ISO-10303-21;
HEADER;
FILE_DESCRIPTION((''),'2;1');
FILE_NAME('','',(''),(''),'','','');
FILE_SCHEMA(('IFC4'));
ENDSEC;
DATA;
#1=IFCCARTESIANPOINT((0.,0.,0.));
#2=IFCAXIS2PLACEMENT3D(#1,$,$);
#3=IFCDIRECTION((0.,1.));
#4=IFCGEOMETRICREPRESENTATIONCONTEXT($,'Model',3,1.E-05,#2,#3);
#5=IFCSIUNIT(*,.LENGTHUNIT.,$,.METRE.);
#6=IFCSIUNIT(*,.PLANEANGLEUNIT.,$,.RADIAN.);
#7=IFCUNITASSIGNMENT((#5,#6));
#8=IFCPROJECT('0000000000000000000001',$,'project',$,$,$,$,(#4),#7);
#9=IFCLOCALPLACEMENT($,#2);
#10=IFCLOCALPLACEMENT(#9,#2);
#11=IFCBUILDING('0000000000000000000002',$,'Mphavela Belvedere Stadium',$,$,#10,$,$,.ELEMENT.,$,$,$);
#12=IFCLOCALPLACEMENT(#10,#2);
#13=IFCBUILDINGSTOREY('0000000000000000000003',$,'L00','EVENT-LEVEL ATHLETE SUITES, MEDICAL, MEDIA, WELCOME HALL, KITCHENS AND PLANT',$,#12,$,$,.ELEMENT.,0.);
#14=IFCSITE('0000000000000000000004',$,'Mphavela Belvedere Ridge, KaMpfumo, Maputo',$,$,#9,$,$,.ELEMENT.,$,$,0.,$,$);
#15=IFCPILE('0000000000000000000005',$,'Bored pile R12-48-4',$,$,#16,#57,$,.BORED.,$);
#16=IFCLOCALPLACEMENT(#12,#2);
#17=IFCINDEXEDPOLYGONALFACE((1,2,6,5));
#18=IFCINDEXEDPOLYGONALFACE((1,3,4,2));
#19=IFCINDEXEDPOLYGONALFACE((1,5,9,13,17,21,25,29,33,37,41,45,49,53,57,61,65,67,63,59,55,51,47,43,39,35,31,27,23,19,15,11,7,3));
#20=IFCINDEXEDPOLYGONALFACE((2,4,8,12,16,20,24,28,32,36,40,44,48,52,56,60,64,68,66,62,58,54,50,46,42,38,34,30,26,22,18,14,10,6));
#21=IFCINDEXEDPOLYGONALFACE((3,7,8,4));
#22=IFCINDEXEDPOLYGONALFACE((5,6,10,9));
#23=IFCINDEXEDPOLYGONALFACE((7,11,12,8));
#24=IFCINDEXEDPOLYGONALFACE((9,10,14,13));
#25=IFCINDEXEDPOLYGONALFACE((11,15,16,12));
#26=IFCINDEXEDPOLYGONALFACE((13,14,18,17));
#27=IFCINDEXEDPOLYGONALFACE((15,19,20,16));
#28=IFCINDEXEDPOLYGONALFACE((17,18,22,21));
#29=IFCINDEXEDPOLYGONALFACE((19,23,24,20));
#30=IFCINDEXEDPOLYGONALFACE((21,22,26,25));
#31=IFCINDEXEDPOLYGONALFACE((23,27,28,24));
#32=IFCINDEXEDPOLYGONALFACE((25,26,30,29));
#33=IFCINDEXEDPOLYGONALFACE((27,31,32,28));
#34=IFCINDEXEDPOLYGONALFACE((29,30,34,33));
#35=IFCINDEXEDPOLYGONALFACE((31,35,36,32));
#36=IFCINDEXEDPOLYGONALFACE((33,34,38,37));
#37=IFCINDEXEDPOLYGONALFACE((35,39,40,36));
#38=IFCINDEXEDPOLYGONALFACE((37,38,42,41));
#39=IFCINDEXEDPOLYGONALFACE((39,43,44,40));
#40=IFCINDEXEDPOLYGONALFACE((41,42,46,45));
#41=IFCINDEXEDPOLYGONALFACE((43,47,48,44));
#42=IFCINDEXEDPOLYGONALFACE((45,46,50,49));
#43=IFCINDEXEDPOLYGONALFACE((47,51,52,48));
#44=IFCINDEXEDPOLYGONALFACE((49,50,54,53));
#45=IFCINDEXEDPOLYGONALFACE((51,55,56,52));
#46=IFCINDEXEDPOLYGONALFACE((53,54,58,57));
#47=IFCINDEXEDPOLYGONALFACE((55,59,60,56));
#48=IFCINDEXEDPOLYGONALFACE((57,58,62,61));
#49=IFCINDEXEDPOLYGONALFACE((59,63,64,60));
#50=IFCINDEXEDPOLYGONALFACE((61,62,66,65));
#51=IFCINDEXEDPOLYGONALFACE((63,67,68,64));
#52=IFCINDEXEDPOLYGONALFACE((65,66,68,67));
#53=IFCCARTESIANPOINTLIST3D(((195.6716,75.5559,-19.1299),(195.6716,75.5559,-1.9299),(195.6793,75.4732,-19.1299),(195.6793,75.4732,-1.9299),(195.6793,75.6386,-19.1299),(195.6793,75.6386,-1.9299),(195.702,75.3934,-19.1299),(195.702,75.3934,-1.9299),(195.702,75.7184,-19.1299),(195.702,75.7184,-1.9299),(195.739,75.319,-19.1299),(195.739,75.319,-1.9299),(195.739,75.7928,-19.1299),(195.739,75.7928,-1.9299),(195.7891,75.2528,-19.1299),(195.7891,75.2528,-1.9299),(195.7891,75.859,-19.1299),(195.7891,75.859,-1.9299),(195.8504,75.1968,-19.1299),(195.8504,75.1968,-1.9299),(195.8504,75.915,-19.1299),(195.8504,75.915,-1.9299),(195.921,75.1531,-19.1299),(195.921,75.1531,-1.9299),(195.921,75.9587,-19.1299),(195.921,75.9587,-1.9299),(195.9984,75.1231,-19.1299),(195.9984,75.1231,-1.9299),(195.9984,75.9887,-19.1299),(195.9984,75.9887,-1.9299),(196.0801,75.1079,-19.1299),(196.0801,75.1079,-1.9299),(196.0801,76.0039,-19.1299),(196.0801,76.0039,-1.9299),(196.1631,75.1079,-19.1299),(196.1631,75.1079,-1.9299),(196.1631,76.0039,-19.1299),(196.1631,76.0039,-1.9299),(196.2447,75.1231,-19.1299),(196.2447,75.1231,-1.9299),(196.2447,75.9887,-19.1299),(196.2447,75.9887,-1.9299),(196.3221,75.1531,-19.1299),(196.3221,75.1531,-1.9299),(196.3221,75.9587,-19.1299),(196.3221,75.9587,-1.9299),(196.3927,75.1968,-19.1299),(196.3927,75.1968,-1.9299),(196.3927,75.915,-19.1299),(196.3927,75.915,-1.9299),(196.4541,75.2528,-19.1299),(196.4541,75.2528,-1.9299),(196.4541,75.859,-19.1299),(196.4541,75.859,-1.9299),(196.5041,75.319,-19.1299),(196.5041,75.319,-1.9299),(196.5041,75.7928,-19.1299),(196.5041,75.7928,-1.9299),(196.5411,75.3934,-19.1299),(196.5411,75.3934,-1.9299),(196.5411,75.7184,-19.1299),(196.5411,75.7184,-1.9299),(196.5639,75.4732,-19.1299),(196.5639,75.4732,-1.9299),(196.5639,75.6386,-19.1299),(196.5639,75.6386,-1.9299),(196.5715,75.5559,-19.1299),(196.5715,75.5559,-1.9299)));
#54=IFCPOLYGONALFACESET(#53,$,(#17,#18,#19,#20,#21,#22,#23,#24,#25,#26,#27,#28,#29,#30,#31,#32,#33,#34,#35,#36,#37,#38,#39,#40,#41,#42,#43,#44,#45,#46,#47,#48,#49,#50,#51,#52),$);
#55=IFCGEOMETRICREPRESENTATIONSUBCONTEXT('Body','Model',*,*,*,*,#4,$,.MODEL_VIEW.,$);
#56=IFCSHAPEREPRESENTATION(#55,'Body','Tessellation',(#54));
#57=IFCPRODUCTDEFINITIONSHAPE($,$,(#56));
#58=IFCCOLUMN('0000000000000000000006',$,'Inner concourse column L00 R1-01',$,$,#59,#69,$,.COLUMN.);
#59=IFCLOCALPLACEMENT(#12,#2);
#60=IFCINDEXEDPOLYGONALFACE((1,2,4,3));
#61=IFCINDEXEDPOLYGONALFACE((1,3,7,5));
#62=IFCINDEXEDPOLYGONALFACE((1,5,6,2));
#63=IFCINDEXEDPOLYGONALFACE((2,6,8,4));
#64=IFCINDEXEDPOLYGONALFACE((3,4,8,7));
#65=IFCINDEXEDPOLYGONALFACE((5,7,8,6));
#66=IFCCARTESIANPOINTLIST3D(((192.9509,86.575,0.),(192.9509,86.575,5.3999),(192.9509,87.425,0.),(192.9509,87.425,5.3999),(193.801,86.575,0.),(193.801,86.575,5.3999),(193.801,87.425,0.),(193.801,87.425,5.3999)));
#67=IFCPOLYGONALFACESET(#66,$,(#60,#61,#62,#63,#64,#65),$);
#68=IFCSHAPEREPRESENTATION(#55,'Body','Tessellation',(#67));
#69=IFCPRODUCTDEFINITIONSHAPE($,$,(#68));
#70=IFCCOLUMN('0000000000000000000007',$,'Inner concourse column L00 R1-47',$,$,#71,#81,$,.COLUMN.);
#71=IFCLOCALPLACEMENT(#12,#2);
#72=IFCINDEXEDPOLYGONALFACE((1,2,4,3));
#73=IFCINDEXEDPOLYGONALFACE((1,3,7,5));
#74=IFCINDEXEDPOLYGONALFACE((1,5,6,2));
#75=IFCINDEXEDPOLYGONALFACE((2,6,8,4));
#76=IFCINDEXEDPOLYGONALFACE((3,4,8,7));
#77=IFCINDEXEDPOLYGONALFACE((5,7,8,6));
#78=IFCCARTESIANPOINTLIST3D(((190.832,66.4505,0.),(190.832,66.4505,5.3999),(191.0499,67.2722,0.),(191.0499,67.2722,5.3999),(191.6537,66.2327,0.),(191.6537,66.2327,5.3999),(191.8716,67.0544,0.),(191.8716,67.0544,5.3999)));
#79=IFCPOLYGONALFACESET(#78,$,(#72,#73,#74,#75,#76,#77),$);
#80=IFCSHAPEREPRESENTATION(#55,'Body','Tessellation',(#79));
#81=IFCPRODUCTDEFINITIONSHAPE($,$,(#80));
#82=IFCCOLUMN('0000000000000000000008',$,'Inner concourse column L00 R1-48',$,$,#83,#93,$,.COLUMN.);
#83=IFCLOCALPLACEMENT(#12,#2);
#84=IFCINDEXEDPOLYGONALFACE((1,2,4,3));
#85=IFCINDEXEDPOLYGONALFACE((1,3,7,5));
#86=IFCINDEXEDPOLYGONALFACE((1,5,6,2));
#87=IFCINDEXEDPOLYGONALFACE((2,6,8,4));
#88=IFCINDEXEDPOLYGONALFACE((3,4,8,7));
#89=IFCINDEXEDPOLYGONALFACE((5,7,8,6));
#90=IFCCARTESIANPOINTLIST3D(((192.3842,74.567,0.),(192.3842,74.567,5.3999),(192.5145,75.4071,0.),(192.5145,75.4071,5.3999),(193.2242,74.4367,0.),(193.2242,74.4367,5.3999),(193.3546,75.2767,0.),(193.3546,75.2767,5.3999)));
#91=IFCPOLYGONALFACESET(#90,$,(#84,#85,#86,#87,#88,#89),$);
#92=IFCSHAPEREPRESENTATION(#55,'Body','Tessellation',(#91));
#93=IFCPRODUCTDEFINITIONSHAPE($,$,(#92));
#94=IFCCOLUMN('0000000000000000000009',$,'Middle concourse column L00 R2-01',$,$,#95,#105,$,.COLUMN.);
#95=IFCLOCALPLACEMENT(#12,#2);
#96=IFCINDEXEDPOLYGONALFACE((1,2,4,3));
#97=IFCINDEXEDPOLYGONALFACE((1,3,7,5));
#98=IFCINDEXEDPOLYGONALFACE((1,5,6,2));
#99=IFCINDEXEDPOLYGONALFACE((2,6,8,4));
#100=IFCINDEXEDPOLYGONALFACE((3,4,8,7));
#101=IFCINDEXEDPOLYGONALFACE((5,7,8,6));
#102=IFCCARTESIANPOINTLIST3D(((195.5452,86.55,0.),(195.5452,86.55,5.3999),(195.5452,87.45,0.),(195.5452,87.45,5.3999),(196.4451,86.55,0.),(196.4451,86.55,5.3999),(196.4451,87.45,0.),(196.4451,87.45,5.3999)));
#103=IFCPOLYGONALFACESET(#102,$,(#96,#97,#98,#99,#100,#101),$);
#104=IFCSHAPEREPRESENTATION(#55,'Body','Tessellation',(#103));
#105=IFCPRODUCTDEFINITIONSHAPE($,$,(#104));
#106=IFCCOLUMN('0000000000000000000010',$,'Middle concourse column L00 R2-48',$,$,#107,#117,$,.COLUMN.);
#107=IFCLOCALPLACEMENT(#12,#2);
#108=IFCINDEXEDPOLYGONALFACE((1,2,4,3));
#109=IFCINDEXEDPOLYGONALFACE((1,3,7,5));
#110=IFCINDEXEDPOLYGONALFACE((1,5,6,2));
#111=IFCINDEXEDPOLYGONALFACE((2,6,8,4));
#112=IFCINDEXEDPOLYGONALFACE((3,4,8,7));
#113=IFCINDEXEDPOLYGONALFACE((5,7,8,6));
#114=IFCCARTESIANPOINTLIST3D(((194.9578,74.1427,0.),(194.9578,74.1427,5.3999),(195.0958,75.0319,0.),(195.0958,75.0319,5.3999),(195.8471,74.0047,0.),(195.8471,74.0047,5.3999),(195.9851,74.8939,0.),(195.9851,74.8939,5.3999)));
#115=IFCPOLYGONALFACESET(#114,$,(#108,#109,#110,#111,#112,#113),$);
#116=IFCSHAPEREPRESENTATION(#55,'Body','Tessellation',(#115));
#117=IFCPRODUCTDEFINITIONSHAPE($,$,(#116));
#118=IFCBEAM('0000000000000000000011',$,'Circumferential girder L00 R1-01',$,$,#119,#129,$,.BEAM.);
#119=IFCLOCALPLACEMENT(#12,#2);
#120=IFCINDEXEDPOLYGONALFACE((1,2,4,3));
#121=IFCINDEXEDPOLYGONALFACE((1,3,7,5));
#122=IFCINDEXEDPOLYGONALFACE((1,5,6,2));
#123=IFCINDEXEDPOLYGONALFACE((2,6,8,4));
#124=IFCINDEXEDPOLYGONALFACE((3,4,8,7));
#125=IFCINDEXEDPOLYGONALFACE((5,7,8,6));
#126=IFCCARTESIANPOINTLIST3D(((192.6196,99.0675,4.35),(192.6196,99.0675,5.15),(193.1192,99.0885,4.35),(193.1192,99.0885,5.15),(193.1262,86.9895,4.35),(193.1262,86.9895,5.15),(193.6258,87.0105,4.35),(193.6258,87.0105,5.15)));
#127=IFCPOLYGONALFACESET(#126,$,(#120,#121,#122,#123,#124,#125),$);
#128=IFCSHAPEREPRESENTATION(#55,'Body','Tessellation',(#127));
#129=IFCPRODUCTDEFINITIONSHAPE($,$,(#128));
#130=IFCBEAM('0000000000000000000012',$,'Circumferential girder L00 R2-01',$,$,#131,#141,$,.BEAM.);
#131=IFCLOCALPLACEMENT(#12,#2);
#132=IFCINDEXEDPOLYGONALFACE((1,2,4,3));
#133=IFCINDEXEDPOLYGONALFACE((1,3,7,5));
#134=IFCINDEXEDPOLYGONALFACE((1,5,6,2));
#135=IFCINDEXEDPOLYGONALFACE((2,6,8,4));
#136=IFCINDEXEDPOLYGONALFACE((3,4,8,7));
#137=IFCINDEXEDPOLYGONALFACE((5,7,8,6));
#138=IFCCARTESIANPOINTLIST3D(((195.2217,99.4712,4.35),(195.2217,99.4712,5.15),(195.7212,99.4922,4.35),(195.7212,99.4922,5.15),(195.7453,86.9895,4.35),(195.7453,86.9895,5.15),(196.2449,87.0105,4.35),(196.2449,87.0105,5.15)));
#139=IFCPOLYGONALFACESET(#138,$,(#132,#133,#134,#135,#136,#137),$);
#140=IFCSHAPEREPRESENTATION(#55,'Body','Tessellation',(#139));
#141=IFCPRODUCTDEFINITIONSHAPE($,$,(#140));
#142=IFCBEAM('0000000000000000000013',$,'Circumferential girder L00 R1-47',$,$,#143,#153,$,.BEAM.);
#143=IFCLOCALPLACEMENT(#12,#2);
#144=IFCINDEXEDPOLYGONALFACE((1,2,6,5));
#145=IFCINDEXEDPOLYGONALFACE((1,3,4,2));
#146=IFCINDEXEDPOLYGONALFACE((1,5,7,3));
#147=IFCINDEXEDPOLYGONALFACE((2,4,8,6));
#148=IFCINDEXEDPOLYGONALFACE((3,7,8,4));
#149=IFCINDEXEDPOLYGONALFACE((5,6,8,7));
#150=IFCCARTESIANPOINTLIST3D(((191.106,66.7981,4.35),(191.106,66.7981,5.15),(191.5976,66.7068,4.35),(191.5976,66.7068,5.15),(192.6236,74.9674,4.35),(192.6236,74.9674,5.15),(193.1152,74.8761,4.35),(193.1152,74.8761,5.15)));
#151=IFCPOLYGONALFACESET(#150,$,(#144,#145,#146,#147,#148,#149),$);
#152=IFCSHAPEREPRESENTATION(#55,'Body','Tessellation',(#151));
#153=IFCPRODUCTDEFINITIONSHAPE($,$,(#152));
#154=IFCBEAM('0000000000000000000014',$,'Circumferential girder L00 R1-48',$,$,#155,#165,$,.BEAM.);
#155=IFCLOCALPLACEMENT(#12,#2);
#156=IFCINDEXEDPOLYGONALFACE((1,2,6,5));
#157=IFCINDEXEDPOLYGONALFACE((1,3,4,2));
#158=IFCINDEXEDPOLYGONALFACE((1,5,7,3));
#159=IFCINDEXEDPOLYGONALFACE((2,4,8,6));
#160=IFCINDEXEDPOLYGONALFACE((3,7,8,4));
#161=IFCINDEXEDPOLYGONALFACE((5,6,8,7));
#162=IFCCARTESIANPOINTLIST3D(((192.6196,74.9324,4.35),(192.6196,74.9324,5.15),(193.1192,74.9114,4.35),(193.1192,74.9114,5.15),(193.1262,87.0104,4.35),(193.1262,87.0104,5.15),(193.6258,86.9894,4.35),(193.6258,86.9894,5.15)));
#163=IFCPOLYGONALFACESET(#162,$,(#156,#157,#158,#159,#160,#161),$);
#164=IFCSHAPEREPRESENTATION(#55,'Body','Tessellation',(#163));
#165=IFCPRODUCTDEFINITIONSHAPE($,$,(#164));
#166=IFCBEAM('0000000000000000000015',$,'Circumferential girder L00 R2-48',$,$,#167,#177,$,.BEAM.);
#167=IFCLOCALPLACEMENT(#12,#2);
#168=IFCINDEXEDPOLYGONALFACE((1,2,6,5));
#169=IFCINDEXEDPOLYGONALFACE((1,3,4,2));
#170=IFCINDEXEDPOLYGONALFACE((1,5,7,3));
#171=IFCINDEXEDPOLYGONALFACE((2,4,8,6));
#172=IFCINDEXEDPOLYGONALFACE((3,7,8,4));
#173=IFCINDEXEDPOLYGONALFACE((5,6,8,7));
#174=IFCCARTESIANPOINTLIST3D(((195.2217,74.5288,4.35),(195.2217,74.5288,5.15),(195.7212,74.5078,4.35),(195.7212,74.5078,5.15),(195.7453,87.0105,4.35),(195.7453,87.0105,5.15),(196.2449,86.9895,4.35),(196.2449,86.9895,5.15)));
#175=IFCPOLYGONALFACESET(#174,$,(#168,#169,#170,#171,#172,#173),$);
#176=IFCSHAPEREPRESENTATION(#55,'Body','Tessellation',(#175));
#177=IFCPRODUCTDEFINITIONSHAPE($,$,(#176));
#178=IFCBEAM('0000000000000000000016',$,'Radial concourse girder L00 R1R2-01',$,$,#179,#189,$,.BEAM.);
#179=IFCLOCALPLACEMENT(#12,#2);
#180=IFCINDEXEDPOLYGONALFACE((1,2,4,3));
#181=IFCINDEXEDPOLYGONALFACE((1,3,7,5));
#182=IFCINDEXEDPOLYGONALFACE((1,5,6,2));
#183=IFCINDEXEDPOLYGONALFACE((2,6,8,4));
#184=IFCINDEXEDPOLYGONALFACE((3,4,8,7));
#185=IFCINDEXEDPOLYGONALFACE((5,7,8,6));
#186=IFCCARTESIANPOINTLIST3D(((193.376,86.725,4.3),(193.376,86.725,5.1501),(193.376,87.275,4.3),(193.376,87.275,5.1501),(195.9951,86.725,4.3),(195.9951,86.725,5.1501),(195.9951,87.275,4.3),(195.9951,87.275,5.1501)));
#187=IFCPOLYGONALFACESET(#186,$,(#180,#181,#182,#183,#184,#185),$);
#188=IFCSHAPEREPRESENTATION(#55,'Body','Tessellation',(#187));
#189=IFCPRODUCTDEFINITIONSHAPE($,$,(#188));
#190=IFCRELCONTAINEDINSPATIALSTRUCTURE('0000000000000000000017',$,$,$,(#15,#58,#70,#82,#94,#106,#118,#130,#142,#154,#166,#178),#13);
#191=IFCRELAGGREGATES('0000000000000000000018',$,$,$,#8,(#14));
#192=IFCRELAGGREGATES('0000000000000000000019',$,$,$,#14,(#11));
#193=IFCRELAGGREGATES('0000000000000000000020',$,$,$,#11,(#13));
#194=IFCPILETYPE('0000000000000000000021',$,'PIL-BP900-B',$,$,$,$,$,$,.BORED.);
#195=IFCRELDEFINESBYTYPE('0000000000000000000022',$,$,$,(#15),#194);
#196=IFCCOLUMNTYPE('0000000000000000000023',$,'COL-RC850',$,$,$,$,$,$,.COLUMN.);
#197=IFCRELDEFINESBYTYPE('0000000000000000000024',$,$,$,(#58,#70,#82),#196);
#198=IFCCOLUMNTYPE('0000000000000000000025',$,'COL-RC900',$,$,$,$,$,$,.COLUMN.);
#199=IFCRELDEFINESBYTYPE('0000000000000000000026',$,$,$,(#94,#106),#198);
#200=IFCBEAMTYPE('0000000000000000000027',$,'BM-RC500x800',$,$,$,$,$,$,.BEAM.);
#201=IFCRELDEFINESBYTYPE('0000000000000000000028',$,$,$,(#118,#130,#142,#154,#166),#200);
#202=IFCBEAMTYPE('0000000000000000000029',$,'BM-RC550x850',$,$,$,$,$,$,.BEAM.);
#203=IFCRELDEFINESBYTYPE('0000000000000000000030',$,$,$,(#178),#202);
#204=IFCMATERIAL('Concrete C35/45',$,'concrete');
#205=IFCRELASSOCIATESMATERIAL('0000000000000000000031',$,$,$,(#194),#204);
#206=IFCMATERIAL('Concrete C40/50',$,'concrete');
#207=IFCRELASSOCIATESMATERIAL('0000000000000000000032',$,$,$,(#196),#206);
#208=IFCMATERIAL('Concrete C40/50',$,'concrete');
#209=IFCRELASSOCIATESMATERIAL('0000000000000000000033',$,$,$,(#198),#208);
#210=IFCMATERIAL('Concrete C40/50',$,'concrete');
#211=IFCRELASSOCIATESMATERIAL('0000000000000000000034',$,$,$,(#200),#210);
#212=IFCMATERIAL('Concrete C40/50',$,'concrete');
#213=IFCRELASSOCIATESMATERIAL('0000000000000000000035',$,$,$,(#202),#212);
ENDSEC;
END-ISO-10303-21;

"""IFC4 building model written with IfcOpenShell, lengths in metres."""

from ifc_helpers import new_model, si_unit, direction, frame, origin, origin_2d, place, context, subcontext, project, spatial, rectangle, circle, extrude, material, material_profile, profile_set, type_object, element, save


model = new_model("IFC4")

# Units and contexts
model_context = context("Model", 3, precision=1e-05, world=origin(), true_north=direction((0.0, 1.0)))
body_context = subcontext(model_context, "Body", "Model", "MODEL_VIEW")
ifc_project = project(units=[si_unit("LENGTHUNIT", "METRE"), si_unit("PLANEANGLEUNIT", "RADIAN")], contexts=[model_context])

# Site, building, storey
site_placement = place(None, origin())
site = spatial("IfcSite", under=ifc_project, at=site_placement, Name="Mphavela Belvedere Ridge, KaMpfumo, Maputo", CompositionType="ELEMENT", RefElevation=0.0)
building_placement = place(site_placement, origin())
building = spatial("IfcBuilding", under=site, at=building_placement, Name="Mphavela Belvedere Stadium", CompositionType="ELEMENT")
storey_placement = place(building_placement, origin())
storey = spatial("IfcBuildingStorey", under=building, at=storey_placement, Name="L00", Description="EVENT-LEVEL ATHLETE SUITES, MEDICAL, MEDIA, WELCOME HALL, KITCHENS AND PLANT", CompositionType="ELEMENT", Elevation=0.0)

# Pile
ifc_material_1 = material(Name="Concrete C35/45", Category="concrete")
ifc_material_profile_1 = material_profile(ifc_material_1, circle(Radius=0.45, at=origin_2d()), Name="BP D900")
ifc_profile_set_1 = profile_set([ifc_material_profile_1], Name="Concrete C35/45")
pile_type_1 = type_object("IfcPileType", Name="PIL-BP900-B", PredefinedType="BORED", material=ifc_profile_set_1)
for number, where, z_axis, x_axis, name in (
    (1, (196.1216, 75.5559, -1.9299), (0.0, 0.0, -1.0), (1.0, 0.0, 0.0), "Bored pile R12-48-4"),
):
    element("IfcPile", number, at=place(storey_placement, frame(where, z_axis=z_axis, x_axis=x_axis)), inside=storey, type_object=pile_type_1, Name=name, PredefinedType="BORED", context=body_context, shape_type="SweptSolid", body=[
        extrude(circle(Radius=0.45, at=origin_2d()), origin(), (0.0, 0.0, 1.0), 17.2),
    ])

# Columns
ifc_material_2 = material(Name="Concrete C40/50", Category="concrete")
ifc_material_profile_2 = material_profile(ifc_material_2, rectangle(XDim=0.8501, YDim=0.8501, at=origin_2d()), Name="RC 850x850")
ifc_profile_set_2 = profile_set([ifc_material_profile_2], Name="Concrete C40/50")
column_type_1 = type_object("IfcColumnType", Name="COL-RC850", PredefinedType="COLUMN", material=ifc_profile_set_2)
for number, where, z_axis, x_axis, name in (
    (2, (193.376, 87.0, 0.0), (0.0, 0.0, 1.0), (1.0, 0.0, 0.0), "Inner concourse column L00 R1-01"),
    (3, (191.3518, 66.7524, 0.0), (0.0, 0.0, 1.0), (0.9666, -0.256289, 0.0), "Inner concourse column L00 R1-47"),
    (4, (192.8694, 74.9219, 0.0), (0.0, 0.0, 1.0), (0.988175, -0.153331, 0.0), "Inner concourse column L00 R1-48"),
):
    element("IfcColumn", number, at=place(storey_placement, frame(where, z_axis=z_axis, x_axis=x_axis)), inside=storey, type_object=column_type_1, Name=name, PredefinedType="COLUMN", context=body_context, shape_type="SweptSolid", body=[
        extrude(rectangle(XDim=0.8501, YDim=0.8501, at=origin_2d()), origin(), (0.0, 0.0, 1.0), 5.3999),
    ])
ifc_material_3 = material(Name="Concrete C40/50", Category="concrete")
ifc_material_profile_3 = material_profile(ifc_material_3, rectangle(XDim=0.8999, YDim=0.8999, at=origin_2d()), Name="RC 900x900")
ifc_profile_set_3 = profile_set([ifc_material_profile_3], Name="Concrete C40/50")
column_type_2 = type_object("IfcColumnType", Name="COL-RC900", PredefinedType="COLUMN", material=ifc_profile_set_3)
for number, where, z_axis, x_axis, name in (
    (5, (195.9951, 87.0, 0.0), (0.0, 0.0, 1.0), (1.0, 0.0, 0.0), "Middle concourse column L00 R2-01"),
    (6, (195.4714, 74.5183, 0.0), (0.0, 0.0, 1.0), (0.988175, -0.153331, 0.0), "Middle concourse column L00 R2-48"),
):
    element("IfcColumn", number, at=place(storey_placement, frame(where, z_axis=z_axis, x_axis=x_axis)), inside=storey, type_object=column_type_2, Name=name, PredefinedType="COLUMN", context=body_context, shape_type="SweptSolid", body=[
        extrude(rectangle(XDim=0.8999, YDim=0.8999, at=origin_2d()), origin(), (0.0, 0.0, 1.0), 5.3999),
    ])

# Beams
ifc_material_4 = material(Name="Concrete C40/50", Category="concrete")
ifc_material_profile_4 = material_profile(ifc_material_4, rectangle(XDim=0.5, YDim=0.8, at=origin_2d()), Name="RC 500x800")
ifc_profile_set_4 = profile_set([ifc_material_profile_4], Name="Concrete C40/50")
beam_type_1 = type_object("IfcBeamType", Name="BM-RC500x800", PredefinedType="BEAM", material=ifc_profile_set_4)
beam_1_placement = place(storey_placement, frame((193.376, 87.0, 4.75), z_axis=(-0.041906, 0.999122, 0.0), x_axis=(-0.999122, -0.041906, 0.0)))
element("IfcBeam", 7, at=beam_1_placement, inside=storey, type_object=beam_type_1, Name="Circumferential girder L00 R1-01", PredefinedType="BEAM", context=body_context, shape_type="SweptSolid", body=[
    extrude(rectangle(XDim=0.5, YDim=0.8, at=origin_2d()), origin(), (0.0, 0.0, 1.0), 12.0886),
])
beam_2_placement = place(storey_placement, frame((195.9951, 87.0, 4.75), z_axis=(-0.041919, 0.999121, 0.0), x_axis=(-0.999121, -0.041919, 0.0)))
element("IfcBeam", 8, at=beam_2_placement, inside=storey, type_object=beam_type_1, Name="Circumferential girder L00 R2-01", PredefinedType="BEAM", context=body_context, shape_type="SweptSolid", body=[
    extrude(rectangle(XDim=0.5, YDim=0.8, at=origin_2d()), origin(), (0.0, 0.0, 1.0), 12.4927),
])
beam_3_placement = place(storey_placement, frame((191.3518, 66.7524, 4.75), z_axis=(0.182638, 0.98318, 0.0), x_axis=(-0.98318, 0.182638, 0.0)))
element("IfcBeam", 9, at=beam_3_placement, inside=storey, type_object=beam_type_1, Name="Circumferential girder L00 R1-47", PredefinedType="BEAM", context=body_context, shape_type="SweptSolid", body=[
    extrude(rectangle(XDim=0.5, YDim=0.8, at=origin_2d()), origin(), (0.0, 0.0, 1.0), 8.3091),
])
beam_4_placement = place(storey_placement, frame((192.8694, 74.9219, 4.75), z_axis=(0.041906, 0.999122, 0.0), x_axis=(-0.999122, 0.041906, 0.0)))
element("IfcBeam", 10, at=beam_4_placement, inside=storey, type_object=beam_type_1, Name="Circumferential girder L00 R1-48", PredefinedType="BEAM", context=body_context, shape_type="SweptSolid", body=[
    extrude(rectangle(XDim=0.5, YDim=0.8, at=origin_2d()), origin(), (0.0, 0.0, 1.0), 12.0886),
])
beam_5_placement = place(storey_placement, frame((195.4714, 74.5183, 4.75), z_axis=(0.041919, 0.999121, 0.0), x_axis=(-0.999121, 0.041919, 0.0)))
element("IfcBeam", 11, at=beam_5_placement, inside=storey, type_object=beam_type_1, Name="Circumferential girder L00 R2-48", PredefinedType="BEAM", context=body_context, shape_type="SweptSolid", body=[
    extrude(rectangle(XDim=0.5, YDim=0.8, at=origin_2d()), origin(), (0.0, 0.0, 1.0), 12.4927),
])
ifc_material_5 = material(Name="Concrete C40/50", Category="concrete")
ifc_material_profile_5 = material_profile(ifc_material_5, rectangle(XDim=0.55, YDim=0.8501, at=origin_2d()), Name="RC 550x850")
ifc_profile_set_5 = profile_set([ifc_material_profile_5], Name="Concrete C40/50")
beam_type_2 = type_object("IfcBeamType", Name="BM-RC550x850", PredefinedType="BEAM", material=ifc_profile_set_5)
beam_6_placement = place(storey_placement, frame((193.376, 87.0, 4.7251), z_axis=(1.0, 0.0, 0.0), x_axis=(0.0, 1.0, 0.0)))
element("IfcBeam", 12, at=beam_6_placement, inside=storey, type_object=beam_type_2, Name="Radial concourse girder L00 R1R2-01", PredefinedType="BEAM", context=body_context, shape_type="SweptSolid", body=[
    extrude(rectangle(XDim=0.55, YDim=0.8501, at=origin_2d()), origin(), (0.0, 0.0, 1.0), 2.6191),
])

save(model, "model.ifc")
